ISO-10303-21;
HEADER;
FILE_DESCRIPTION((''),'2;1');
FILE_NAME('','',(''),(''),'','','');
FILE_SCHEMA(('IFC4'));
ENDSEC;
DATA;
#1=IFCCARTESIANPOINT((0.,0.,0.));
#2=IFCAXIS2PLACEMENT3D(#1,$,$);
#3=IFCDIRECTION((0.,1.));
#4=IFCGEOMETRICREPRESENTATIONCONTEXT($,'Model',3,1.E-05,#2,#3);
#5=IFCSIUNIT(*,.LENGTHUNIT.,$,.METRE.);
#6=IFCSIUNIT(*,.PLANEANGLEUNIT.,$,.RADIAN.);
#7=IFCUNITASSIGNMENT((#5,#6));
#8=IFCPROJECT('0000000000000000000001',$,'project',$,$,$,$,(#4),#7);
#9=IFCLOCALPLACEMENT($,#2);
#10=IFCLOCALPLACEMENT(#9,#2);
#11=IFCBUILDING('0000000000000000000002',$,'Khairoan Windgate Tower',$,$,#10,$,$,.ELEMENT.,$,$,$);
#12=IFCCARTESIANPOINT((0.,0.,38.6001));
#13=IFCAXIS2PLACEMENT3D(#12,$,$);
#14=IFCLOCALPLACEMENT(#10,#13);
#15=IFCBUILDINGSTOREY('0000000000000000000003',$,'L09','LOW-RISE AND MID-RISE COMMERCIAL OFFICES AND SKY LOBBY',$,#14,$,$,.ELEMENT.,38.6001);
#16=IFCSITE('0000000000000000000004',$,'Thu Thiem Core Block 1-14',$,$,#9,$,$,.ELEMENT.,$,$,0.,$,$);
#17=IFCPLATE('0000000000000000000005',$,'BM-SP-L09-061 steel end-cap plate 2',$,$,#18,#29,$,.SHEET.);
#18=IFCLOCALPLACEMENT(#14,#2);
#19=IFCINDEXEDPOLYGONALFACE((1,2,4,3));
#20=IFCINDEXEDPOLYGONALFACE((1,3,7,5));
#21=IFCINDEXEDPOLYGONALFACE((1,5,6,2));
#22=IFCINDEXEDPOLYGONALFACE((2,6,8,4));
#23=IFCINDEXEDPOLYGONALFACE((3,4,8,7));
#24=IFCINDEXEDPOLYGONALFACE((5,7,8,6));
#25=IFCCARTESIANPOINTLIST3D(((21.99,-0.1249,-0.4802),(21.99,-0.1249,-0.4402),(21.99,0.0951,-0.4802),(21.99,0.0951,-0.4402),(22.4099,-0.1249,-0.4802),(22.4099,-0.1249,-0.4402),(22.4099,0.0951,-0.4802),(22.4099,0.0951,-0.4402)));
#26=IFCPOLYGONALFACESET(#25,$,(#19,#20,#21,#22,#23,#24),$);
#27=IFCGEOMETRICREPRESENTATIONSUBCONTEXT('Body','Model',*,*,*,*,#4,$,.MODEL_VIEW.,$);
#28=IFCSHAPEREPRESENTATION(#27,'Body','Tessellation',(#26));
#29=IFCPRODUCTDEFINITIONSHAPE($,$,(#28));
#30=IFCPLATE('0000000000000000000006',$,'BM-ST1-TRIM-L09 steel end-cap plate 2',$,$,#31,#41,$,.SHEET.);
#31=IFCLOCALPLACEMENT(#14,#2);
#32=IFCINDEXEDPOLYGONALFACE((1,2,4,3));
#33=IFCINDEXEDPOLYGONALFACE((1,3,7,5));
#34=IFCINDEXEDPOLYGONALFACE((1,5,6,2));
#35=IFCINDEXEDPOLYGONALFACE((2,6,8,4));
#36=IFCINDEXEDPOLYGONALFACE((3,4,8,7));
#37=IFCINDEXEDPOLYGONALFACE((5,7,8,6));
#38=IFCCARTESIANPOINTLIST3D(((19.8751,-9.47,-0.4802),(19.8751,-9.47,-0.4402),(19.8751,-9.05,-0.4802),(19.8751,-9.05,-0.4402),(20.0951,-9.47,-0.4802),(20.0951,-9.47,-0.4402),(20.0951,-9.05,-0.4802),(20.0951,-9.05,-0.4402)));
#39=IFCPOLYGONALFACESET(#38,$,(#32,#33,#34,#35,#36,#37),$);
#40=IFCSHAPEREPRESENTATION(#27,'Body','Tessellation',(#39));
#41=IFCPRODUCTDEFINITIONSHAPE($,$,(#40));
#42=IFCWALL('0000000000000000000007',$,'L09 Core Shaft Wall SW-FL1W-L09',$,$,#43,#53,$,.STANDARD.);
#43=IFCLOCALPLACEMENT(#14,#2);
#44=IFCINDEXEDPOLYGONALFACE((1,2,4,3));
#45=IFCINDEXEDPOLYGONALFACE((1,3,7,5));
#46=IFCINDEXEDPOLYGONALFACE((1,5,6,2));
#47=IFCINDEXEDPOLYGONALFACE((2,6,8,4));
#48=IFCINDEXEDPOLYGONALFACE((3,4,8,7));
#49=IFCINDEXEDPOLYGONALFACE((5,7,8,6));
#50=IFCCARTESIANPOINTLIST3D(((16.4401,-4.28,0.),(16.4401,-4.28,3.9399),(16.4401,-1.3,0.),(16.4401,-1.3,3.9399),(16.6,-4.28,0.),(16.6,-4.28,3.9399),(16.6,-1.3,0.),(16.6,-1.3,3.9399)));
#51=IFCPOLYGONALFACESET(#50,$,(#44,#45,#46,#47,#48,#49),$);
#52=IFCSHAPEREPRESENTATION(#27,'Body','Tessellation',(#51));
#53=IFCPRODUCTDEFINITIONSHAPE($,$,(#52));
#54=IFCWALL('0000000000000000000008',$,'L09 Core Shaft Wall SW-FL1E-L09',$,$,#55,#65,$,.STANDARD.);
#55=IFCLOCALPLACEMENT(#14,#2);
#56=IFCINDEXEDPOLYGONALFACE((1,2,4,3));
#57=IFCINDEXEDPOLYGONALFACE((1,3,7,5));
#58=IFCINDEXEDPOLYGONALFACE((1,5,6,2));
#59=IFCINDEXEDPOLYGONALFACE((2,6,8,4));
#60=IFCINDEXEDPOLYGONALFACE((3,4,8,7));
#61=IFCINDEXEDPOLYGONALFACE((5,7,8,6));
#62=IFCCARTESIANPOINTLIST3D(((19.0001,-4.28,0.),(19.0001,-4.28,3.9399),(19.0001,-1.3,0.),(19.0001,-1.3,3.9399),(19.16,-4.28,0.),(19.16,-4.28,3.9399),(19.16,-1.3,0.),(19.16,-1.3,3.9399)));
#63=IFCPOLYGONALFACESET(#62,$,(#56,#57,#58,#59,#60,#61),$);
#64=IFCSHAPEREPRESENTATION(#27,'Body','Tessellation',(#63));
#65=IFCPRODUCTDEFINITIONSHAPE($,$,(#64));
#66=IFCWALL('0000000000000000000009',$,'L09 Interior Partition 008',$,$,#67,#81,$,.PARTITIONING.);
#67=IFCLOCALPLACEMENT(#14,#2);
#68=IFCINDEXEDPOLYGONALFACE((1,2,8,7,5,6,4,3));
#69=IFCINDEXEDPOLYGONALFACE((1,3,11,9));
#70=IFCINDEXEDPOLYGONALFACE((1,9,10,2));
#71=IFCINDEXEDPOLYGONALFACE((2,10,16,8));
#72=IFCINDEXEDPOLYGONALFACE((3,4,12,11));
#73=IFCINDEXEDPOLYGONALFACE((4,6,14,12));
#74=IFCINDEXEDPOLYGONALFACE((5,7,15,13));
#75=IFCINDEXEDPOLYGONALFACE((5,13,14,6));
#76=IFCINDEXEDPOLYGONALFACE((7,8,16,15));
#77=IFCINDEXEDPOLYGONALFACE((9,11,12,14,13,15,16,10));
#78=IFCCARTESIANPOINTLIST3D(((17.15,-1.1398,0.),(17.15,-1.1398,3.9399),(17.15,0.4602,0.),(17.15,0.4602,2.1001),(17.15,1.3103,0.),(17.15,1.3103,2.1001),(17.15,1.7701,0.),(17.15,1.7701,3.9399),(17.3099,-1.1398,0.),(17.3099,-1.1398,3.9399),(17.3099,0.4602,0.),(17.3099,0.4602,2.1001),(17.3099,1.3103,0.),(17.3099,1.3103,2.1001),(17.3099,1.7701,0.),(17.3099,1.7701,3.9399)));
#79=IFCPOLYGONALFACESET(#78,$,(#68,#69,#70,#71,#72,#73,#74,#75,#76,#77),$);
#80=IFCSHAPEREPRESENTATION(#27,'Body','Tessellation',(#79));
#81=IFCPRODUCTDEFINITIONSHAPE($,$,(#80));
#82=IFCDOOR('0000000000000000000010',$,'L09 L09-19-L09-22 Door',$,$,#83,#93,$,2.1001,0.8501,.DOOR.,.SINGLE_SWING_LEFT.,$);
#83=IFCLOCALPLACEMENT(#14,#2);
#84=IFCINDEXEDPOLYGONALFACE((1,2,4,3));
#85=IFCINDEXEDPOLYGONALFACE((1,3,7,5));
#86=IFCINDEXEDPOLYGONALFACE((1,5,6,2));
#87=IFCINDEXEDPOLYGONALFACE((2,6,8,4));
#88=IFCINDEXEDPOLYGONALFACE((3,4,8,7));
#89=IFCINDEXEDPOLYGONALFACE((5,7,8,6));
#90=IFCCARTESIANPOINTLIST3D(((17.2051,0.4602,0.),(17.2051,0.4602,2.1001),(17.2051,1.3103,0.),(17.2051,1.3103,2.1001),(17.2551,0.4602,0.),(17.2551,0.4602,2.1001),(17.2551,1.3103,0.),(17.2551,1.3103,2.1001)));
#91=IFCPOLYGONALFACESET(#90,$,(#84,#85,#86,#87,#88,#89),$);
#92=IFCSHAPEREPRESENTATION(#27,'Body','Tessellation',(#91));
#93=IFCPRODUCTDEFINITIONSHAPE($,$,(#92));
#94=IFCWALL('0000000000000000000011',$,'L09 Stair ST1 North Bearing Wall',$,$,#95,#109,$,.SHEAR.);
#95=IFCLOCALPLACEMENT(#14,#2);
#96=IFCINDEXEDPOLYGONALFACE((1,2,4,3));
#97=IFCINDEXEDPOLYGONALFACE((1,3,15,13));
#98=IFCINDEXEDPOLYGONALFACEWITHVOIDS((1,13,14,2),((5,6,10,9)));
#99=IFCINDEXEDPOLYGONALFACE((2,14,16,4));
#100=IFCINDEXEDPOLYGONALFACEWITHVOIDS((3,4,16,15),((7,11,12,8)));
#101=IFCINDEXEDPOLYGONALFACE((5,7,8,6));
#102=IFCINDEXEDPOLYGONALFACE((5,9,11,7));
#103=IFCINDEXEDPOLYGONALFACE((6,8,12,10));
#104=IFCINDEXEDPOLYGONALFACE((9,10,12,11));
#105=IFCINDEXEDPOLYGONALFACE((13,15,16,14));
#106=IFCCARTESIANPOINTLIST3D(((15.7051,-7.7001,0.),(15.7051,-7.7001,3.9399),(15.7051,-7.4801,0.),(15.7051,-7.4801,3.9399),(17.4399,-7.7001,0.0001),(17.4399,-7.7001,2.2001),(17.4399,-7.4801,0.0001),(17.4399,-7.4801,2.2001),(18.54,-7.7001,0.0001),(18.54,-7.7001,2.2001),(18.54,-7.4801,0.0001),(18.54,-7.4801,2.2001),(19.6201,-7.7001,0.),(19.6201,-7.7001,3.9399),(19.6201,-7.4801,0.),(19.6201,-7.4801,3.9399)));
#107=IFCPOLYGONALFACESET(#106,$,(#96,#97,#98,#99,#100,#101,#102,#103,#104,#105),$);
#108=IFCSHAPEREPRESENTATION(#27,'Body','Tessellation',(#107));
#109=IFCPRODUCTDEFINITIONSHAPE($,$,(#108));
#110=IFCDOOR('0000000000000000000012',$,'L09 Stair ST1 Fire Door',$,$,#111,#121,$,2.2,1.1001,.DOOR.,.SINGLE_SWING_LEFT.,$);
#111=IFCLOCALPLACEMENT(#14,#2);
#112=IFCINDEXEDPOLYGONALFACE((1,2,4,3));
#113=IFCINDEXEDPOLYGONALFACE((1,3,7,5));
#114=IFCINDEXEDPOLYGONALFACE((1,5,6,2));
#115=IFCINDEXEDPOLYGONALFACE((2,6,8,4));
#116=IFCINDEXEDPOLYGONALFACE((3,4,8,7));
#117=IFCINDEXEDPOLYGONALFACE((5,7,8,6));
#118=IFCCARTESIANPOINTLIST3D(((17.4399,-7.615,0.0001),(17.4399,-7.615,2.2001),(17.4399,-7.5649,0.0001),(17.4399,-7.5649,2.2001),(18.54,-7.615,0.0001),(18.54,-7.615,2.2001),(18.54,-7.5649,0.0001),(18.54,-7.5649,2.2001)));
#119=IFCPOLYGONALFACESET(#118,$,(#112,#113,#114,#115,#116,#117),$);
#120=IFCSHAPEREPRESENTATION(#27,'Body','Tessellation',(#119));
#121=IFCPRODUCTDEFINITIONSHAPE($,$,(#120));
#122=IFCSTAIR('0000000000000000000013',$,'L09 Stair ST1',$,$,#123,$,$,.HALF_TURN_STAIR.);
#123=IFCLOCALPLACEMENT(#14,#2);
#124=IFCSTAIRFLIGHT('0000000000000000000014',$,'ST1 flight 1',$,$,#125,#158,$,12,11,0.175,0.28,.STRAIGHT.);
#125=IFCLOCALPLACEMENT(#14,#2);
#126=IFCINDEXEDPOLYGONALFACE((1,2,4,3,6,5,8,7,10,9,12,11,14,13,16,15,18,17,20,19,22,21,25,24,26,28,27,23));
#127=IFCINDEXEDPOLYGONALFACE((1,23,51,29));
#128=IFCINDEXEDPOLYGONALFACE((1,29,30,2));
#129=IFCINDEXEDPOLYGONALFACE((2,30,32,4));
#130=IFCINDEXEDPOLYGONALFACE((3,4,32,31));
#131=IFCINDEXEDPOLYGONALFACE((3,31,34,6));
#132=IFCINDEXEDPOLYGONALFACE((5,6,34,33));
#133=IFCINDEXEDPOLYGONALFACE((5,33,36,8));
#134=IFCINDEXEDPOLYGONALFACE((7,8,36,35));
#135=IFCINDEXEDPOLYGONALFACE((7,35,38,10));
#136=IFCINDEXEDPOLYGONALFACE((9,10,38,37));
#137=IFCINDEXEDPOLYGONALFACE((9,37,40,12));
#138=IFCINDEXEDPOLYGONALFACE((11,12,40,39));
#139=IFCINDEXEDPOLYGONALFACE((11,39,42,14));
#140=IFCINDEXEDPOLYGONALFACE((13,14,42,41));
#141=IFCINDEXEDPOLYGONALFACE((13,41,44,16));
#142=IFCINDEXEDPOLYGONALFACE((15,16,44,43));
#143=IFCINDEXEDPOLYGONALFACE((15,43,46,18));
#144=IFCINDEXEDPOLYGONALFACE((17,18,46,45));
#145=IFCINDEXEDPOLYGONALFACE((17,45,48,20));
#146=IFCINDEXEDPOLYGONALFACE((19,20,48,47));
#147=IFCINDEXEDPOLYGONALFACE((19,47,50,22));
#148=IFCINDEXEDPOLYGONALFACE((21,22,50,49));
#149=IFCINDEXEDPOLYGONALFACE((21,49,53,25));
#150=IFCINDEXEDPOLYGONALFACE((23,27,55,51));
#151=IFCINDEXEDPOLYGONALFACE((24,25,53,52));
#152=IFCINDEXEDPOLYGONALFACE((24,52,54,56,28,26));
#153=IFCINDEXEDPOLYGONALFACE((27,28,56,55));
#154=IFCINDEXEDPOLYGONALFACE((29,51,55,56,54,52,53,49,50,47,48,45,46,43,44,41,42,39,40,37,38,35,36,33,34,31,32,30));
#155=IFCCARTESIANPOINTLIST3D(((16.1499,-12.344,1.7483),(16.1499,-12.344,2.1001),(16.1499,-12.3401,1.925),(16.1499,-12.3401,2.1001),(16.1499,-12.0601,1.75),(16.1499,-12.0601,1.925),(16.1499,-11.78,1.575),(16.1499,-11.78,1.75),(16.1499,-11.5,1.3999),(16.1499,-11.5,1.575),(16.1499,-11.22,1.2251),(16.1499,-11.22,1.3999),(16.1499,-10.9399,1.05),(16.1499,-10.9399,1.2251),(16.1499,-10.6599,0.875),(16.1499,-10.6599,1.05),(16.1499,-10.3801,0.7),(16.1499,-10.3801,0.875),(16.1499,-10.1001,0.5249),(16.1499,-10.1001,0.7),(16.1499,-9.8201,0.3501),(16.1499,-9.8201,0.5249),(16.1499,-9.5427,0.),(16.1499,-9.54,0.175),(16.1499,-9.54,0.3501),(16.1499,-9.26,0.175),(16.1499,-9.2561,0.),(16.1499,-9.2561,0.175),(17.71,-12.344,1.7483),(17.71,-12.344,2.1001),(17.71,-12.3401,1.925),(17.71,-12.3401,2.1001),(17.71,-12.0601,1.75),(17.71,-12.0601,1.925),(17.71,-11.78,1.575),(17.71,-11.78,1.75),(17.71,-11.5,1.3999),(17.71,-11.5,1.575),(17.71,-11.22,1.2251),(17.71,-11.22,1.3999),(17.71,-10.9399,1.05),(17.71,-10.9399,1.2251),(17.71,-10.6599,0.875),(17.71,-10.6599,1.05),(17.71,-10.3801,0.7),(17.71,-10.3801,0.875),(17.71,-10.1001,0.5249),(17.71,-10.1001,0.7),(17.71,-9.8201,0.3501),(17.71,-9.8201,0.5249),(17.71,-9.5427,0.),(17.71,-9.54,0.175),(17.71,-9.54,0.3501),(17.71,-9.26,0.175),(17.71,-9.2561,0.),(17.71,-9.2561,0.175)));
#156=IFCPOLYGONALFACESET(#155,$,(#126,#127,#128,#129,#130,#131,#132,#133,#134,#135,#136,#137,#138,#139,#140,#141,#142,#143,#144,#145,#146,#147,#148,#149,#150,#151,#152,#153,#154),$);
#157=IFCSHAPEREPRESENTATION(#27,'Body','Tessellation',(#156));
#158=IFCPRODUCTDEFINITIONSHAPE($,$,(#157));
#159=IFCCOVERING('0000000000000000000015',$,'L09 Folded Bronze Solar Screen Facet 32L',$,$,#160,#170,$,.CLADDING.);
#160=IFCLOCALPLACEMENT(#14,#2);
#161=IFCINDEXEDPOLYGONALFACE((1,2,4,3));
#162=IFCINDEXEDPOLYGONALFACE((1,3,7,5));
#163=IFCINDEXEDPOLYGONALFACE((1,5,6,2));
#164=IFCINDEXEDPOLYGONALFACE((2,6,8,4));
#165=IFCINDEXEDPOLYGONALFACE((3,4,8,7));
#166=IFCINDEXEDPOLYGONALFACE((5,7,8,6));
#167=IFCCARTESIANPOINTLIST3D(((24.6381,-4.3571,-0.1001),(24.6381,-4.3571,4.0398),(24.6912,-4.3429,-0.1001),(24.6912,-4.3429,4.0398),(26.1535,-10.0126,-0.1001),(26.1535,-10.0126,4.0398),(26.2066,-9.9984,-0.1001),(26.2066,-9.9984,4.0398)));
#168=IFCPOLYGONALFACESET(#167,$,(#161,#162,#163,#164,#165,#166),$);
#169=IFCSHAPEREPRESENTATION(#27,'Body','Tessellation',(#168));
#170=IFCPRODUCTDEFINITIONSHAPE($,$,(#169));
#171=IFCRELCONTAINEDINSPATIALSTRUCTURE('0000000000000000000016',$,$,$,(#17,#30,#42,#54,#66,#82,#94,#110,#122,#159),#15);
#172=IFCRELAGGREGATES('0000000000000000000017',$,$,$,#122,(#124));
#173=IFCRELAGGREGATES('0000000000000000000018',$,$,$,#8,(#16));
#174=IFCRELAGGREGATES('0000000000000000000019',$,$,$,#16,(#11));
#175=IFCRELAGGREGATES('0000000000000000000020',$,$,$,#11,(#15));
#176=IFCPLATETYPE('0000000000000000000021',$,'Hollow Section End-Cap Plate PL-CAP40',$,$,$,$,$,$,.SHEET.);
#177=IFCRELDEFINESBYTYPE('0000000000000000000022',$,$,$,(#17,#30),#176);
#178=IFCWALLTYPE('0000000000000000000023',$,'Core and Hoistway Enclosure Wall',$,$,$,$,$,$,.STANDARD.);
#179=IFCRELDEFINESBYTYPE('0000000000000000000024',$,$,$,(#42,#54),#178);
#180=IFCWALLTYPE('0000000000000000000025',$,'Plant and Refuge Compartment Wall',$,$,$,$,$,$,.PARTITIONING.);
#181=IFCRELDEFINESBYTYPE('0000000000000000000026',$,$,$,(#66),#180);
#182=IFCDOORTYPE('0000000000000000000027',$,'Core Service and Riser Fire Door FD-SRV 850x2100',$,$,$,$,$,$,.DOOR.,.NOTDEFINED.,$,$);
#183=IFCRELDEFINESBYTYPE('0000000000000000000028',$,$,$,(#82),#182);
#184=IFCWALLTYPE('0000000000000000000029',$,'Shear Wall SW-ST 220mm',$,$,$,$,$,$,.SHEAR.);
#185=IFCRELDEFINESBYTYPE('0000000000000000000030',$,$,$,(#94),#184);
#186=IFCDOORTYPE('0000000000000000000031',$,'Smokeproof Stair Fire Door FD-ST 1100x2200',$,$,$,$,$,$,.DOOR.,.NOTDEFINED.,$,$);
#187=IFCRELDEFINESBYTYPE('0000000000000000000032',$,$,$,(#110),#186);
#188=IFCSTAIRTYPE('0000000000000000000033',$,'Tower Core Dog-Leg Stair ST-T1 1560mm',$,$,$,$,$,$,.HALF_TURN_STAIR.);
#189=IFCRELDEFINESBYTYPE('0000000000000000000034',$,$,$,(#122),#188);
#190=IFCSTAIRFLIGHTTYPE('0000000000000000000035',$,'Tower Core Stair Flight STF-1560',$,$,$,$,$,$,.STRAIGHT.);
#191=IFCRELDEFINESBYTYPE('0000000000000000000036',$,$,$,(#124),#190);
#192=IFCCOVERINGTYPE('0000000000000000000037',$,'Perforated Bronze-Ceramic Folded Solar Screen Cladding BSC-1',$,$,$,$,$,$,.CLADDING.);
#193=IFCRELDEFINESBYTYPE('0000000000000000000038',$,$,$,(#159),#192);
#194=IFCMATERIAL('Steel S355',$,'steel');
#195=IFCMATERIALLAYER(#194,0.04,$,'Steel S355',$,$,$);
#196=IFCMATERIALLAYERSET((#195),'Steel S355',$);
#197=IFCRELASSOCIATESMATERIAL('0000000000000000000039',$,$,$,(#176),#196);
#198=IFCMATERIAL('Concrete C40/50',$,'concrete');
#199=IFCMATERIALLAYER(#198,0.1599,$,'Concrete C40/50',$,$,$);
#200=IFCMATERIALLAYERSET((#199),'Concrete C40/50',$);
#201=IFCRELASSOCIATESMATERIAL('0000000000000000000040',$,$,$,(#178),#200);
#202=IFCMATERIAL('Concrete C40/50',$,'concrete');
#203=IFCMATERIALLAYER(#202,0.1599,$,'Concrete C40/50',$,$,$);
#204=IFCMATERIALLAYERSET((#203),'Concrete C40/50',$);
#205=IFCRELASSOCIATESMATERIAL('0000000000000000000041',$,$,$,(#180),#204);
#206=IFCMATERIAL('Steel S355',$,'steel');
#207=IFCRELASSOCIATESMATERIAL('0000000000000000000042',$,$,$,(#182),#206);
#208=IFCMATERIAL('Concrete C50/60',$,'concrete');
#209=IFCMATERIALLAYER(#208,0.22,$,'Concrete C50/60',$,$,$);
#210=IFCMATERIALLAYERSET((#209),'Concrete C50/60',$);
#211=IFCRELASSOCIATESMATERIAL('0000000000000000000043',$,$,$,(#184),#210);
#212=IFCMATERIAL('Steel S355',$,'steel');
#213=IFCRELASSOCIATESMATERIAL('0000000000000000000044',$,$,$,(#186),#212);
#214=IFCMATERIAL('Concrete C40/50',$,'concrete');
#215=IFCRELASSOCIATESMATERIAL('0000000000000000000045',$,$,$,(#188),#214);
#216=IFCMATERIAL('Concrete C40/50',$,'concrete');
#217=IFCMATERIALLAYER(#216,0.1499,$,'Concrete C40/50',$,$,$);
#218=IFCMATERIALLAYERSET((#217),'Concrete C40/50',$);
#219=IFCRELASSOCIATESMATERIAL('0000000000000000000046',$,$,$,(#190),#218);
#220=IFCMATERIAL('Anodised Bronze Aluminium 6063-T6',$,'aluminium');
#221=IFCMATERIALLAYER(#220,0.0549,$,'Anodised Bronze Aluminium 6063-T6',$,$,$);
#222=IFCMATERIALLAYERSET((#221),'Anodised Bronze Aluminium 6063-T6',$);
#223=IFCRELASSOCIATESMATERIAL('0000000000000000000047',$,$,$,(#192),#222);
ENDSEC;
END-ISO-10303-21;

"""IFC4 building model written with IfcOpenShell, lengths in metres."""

from ifc_helpers import new_model, si_unit, direction, frame, frame_2d, origin, origin_2d, place, context, subcontext, project, spatial, polyline, rectangle, outline, extrude, material, layer, layer_set, type_object, element, fill, aggregate, save


model = new_model("IFC4")

# Units and contexts
model_context = context("Model", 3, precision=1e-05, world=origin(), true_north=direction((0.0, 1.0)))
body_context = subcontext(model_context, "Body", "Model", "MODEL_VIEW")
ifc_project = project(units=[si_unit("LENGTHUNIT", "METRE"), si_unit("PLANEANGLEUNIT", "RADIAN")], contexts=[model_context])

# Site, building, storey
site_placement = place(None, origin())
site = spatial("IfcSite", under=ifc_project, at=site_placement, Name="Thu Thiem Core Block 1-14", CompositionType="ELEMENT", RefElevation=0.0)
building_placement = place(site_placement, origin())
building = spatial("IfcBuilding", under=site, at=building_placement, Name="Khairoan Windgate Tower", CompositionType="ELEMENT")
storey_placement = place(building_placement, frame((0.0, 0.0, 38.6001)))
storey = spatial("IfcBuildingStorey", under=building, at=storey_placement, Name="L09", Description="LOW-RISE AND MID-RISE COMMERCIAL OFFICES AND SKY LOBBY", CompositionType="ELEMENT", Elevation=38.6001)

# Plates
ifc_material_1 = material(Name="Steel S355", Category="steel")
ifc_layer_1 = layer(ifc_material_1, 0.04, Name="Steel S355")
ifc_layer_set_1 = layer_set([ifc_layer_1], Name="Steel S355")
plate_type = type_object("IfcPlateType", Name="Hollow Section End-Cap Plate PL-CAP40", PredefinedType="SHEET", material=ifc_layer_set_1)
for number, where, z_axis, x_axis, name in (
    (1, (22.2, -0.0149, -0.4802), (0.0, 0.0, 1.0), (0.0, 1.0, 0.0), "BM-SP-L09-061 steel end-cap plate 2"),
    (2, (19.9851, -9.26, -0.4802), (0.0, 0.0, 1.0), (1.0, 0.0, 0.0), "BM-ST1-TRIM-L09 steel end-cap plate 2"),
):
    element("IfcPlate", number, at=place(storey_placement, frame(where, z_axis=z_axis, x_axis=x_axis)), inside=storey, type_object=plate_type, Name=name, PredefinedType="SHEET", context=body_context, shape_type="SweptSolid", body=[
        extrude(rectangle(XDim=0.22, YDim=0.4199, at=origin_2d()), origin(), (0.0, 0.0, 1.0), 0.04),
    ])

# Walls
ifc_material_2 = material(Name="Concrete C40/50", Category="concrete")
ifc_layer_2 = layer(ifc_material_2, 0.1599, Name="Concrete C40/50")
ifc_layer_set_2 = layer_set([ifc_layer_2], Name="Concrete C40/50")
wall_type_1 = type_object("IfcWallType", Name="Core and Hoistway Enclosure Wall", PredefinedType="STANDARD", material=ifc_layer_set_2)
for number, where, z_axis, x_axis, name in (
    (3, (16.52, -4.28, 0.0), (0.0, 0.0, 1.0), (0.0, 1.0, 0.0), "L09 Core Shaft Wall SW-FL1W-L09"),
    (4, (19.0801, -4.28, 0.0), (0.0, 0.0, 1.0), (0.0, 1.0, 0.0), "L09 Core Shaft Wall SW-FL1E-L09"),
):
    element("IfcWall", number, at=place(storey_placement, frame(where, z_axis=z_axis, x_axis=x_axis)), inside=storey, type_object=wall_type_1, Name=name, PredefinedType="STANDARD", context=body_context, shape_type="SweptSolid", body=[
        extrude(rectangle(XDim=2.98, YDim=0.1599, at=frame_2d((1.49, 0.0))), origin(), (0.0, 0.0, 1.0), 3.9399),
    ])

# Walls, openings, doors
ifc_material_3 = material(Name="Concrete C40/50", Category="concrete")
ifc_layer_3 = layer(ifc_material_3, 0.1599, Name="Concrete C40/50")
ifc_layer_set_3 = layer_set([ifc_layer_3], Name="Concrete C40/50")
wall_type_2 = type_object("IfcWallType", Name="Plant and Refuge Compartment Wall", PredefinedType="PARTITIONING", material=ifc_layer_set_3)
wall_1_placement = place(storey_placement, frame((17.23, -1.1399, 0.0), z_axis=(0.0, 0.0, 1.0), x_axis=(0.0, 1.0, 0.0)))
wall_1 = element("IfcWall", 5, at=wall_1_placement, inside=storey, type_object=wall_type_2, Name="L09 Interior Partition 008", PredefinedType="PARTITIONING", context=body_context, shape_type="SweptSolid", body=[
    extrude(rectangle(XDim=2.9099, YDim=0.1599, at=frame_2d((1.4551, 0.0))), origin(), (0.0, 0.0, 1.0), 3.9399),
])
opening_1_placement = place(wall_1_placement, frame((1.6001, 0.0, 0.0)))
opening_1 = element("IfcOpeningElement", 6, at=opening_1_placement, cuts=wall_1, PredefinedType="OPENING", context=body_context, shape_type="SweptSolid", body=[
    extrude(rectangle(XDim=0.8501, YDim=2.1001, at=frame_2d((0.425, 1.05))), frame((0.0, 0.0898, 0.0), z_axis=(0.0, -1.0, 0.0), x_axis=(1.0, 0.0, 0.0)), (0.0, 0.0, 1.0), 0.1799),
])
ifc_material_4 = material(Name="Steel S355", Category="steel")
door_type_1 = type_object("IfcDoorType", Name="Core Service and Riser Fire Door FD-SRV 850x2100", OperationType="NOTDEFINED", PredefinedType="DOOR", material=ifc_material_4)
door_1_placement = place(opening_1_placement, origin())
door_1 = element("IfcDoor", 7, at=door_1_placement, inside=storey, type_object=door_type_1, Name="L09 L09-19-L09-22 Door", OperationType="SINGLE_SWING_LEFT", OverallHeight=2.1001, OverallWidth=0.8501, PredefinedType="DOOR", context=body_context, shape_type="SweptSolid", body=[
    extrude(rectangle(XDim=0.8501, YDim=2.1001, at=frame_2d((0.425, 1.05))), frame((0.0, 0.0249, 0.0), z_axis=(0.0, -1.0, 0.0), x_axis=(1.0, 0.0, 0.0)), (0.0, 0.0, 1.0), 0.05),
])
fill(opening_1, door_1)
ifc_material_5 = material(Name="Concrete C50/60", Category="concrete")
ifc_layer_4 = layer(ifc_material_5, 0.22, Name="Concrete C50/60")
ifc_layer_set_4 = layer_set([ifc_layer_4], Name="Concrete C50/60")
wall_type_3 = type_object("IfcWallType", Name="Shear Wall SW-ST 220mm", PredefinedType="SHEAR", material=ifc_layer_set_4)
wall_2_placement = place(storey_placement, frame((19.6201, -7.5901, 0.0), z_axis=(0.0, 0.0, 1.0), x_axis=(-1.0, 0.0, 0.0)))
wall_2 = element("IfcWall", 8, at=wall_2_placement, inside=storey, type_object=wall_type_3, Name="L09 Stair ST1 North Bearing Wall", PredefinedType="SHEAR", context=body_context, shape_type="SweptSolid", body=[
    extrude(rectangle(XDim=3.915, YDim=0.22, at=frame_2d((1.9575, 0.0))), origin(), (0.0, 0.0, 1.0), 3.9399),
])
opening_2_placement = place(wall_2_placement, frame((1.0801, 0.0, 0.0)))
opening_2 = element("IfcOpeningElement", 9, at=opening_2_placement, cuts=wall_2, PredefinedType="OPENING", context=body_context, shape_type="SweptSolid", body=[
    extrude(rectangle(XDim=1.1001, YDim=2.2, at=frame_2d((0.55, 1.1001))), frame((0.0, 0.1199, 0.0), z_axis=(0.0, -1.0, 0.0), x_axis=(1.0, 0.0, 0.0)), (0.0, 0.0, 1.0), 0.24),
])
ifc_material_6 = material(Name="Steel S355", Category="steel")
door_type_2 = type_object("IfcDoorType", Name="Smokeproof Stair Fire Door FD-ST 1100x2200", OperationType="NOTDEFINED", PredefinedType="DOOR", material=ifc_material_6)
door_2_placement = place(opening_2_placement, origin())
door_2 = element("IfcDoor", 10, at=door_2_placement, inside=storey, type_object=door_type_2, Name="L09 Stair ST1 Fire Door", OperationType="SINGLE_SWING_LEFT", OverallHeight=2.2, OverallWidth=1.1001, PredefinedType="DOOR", context=body_context, shape_type="SweptSolid", body=[
    extrude(rectangle(XDim=1.1001, YDim=2.2, at=frame_2d((0.55, 1.1001))), frame((0.0, 0.0249, 0.0), z_axis=(0.0, -1.0, 0.0), x_axis=(1.0, 0.0, 0.0)), (0.0, 0.0, 1.0), 0.05),
])
fill(opening_2, door_2)

# Stair, stair flight
ifc_material_7 = material(Name="Concrete C40/50", Category="concrete")
stair_type = type_object("IfcStairType", Name="Tower Core Dog-Leg Stair ST-T1 1560mm", PredefinedType="HALF_TURN_STAIR", material=ifc_material_7)
stair_placement = place(storey_placement, origin())
stair = element("IfcStair", 11, at=stair_placement, inside=storey, type_object=stair_type, Name="L09 Stair ST1", PredefinedType="HALF_TURN_STAIR")
ifc_material_8 = material(Name="Concrete C40/50", Category="concrete")
ifc_layer_5 = layer(ifc_material_8, 0.1499, Name="Concrete C40/50")
ifc_layer_set_5 = layer_set([ifc_layer_5], Name="Concrete C40/50")
stair_flight_type = type_object("IfcStairFlightType", Name="Tower Core Stair Flight STF-1560", PredefinedType="STRAIGHT", material=ifc_layer_set_5)
stair_flight_placement = place(storey_placement, frame((16.9299, -9.26, 0.0), z_axis=(0.0, 0.0, 1.0), x_axis=(0.0, -1.0, 0.0)))
stair_flight = element("IfcStairFlight", 12, at=stair_flight_placement, type_object=stair_flight_type, Name="ST1 flight 1", NumberOfRisers=12, NumberOfTreads=11, PredefinedType="STRAIGHT", RiserHeight=0.175, TreadLength=0.28, context=body_context, shape_type="SweptSolid", body=[
    extrude(outline(polyline([(-0.0039, 0.0), (-0.0039, 0.175), (0.0, 0.175), (0.28, 0.175), (0.28, 0.3501), (0.5601, 0.3501), (0.5601, 0.5249), (0.8401, 0.5249), (0.8401, 0.7), (1.1201, 0.7), (1.1201, 0.875), (1.3999, 0.875), (1.3999, 1.05), (1.6799, 1.05), (1.6799, 1.2251), (1.96, 1.2251), (1.96, 1.3999), (2.24, 1.3999), (2.24, 1.575), (2.52, 1.575), (2.52, 1.75), (2.8, 1.75), (2.8, 1.925), (3.0801, 1.925), (3.0801, 2.1001), (3.084, 2.1001), (3.084, 1.7483), (0.2827, 0.0), (-0.0039, 0.0)])), frame((0.0, 0.78, 0.0), z_axis=(0.0, -1.0, 0.0), x_axis=(1.0, 0.0, 0.0)), (0.0, 0.0, 1.0), 1.5601),
])
aggregate(stair, [stair_flight])

# Covering
ifc_material_9 = material(Name="Anodised Bronze Aluminium 6063-T6", Category="aluminium")
ifc_layer_6 = layer(ifc_material_9, 0.0549, Name="Anodised Bronze Aluminium 6063-T6")
ifc_layer_set_6 = layer_set([ifc_layer_6], Name="Anodised Bronze Aluminium 6063-T6")
covering_type = type_object("IfcCoveringType", Name="Perforated Bronze-Ceramic Folded Solar Screen Cladding BSC-1", PredefinedType="CLADDING", material=ifc_layer_set_6)
covering_placement = place(storey_placement, frame((25.4224, -7.1777, -0.1001), z_axis=(0.0, 0.0, 1.0), x_axis=(0.258819, -0.965926, 0.0)))
element("IfcCovering", 13, at=covering_placement, inside=storey, type_object=covering_type, Name="L09 Folded Bronze Solar Screen Facet 32L", PredefinedType="CLADDING", context=body_context, shape_type="SweptSolid", body=[
    extrude(rectangle(XDim=5.855, YDim=0.0549, at=origin_2d()), origin(), (0.0, 0.0, 1.0), 4.1399),
])

save(model, "model.ifc")
